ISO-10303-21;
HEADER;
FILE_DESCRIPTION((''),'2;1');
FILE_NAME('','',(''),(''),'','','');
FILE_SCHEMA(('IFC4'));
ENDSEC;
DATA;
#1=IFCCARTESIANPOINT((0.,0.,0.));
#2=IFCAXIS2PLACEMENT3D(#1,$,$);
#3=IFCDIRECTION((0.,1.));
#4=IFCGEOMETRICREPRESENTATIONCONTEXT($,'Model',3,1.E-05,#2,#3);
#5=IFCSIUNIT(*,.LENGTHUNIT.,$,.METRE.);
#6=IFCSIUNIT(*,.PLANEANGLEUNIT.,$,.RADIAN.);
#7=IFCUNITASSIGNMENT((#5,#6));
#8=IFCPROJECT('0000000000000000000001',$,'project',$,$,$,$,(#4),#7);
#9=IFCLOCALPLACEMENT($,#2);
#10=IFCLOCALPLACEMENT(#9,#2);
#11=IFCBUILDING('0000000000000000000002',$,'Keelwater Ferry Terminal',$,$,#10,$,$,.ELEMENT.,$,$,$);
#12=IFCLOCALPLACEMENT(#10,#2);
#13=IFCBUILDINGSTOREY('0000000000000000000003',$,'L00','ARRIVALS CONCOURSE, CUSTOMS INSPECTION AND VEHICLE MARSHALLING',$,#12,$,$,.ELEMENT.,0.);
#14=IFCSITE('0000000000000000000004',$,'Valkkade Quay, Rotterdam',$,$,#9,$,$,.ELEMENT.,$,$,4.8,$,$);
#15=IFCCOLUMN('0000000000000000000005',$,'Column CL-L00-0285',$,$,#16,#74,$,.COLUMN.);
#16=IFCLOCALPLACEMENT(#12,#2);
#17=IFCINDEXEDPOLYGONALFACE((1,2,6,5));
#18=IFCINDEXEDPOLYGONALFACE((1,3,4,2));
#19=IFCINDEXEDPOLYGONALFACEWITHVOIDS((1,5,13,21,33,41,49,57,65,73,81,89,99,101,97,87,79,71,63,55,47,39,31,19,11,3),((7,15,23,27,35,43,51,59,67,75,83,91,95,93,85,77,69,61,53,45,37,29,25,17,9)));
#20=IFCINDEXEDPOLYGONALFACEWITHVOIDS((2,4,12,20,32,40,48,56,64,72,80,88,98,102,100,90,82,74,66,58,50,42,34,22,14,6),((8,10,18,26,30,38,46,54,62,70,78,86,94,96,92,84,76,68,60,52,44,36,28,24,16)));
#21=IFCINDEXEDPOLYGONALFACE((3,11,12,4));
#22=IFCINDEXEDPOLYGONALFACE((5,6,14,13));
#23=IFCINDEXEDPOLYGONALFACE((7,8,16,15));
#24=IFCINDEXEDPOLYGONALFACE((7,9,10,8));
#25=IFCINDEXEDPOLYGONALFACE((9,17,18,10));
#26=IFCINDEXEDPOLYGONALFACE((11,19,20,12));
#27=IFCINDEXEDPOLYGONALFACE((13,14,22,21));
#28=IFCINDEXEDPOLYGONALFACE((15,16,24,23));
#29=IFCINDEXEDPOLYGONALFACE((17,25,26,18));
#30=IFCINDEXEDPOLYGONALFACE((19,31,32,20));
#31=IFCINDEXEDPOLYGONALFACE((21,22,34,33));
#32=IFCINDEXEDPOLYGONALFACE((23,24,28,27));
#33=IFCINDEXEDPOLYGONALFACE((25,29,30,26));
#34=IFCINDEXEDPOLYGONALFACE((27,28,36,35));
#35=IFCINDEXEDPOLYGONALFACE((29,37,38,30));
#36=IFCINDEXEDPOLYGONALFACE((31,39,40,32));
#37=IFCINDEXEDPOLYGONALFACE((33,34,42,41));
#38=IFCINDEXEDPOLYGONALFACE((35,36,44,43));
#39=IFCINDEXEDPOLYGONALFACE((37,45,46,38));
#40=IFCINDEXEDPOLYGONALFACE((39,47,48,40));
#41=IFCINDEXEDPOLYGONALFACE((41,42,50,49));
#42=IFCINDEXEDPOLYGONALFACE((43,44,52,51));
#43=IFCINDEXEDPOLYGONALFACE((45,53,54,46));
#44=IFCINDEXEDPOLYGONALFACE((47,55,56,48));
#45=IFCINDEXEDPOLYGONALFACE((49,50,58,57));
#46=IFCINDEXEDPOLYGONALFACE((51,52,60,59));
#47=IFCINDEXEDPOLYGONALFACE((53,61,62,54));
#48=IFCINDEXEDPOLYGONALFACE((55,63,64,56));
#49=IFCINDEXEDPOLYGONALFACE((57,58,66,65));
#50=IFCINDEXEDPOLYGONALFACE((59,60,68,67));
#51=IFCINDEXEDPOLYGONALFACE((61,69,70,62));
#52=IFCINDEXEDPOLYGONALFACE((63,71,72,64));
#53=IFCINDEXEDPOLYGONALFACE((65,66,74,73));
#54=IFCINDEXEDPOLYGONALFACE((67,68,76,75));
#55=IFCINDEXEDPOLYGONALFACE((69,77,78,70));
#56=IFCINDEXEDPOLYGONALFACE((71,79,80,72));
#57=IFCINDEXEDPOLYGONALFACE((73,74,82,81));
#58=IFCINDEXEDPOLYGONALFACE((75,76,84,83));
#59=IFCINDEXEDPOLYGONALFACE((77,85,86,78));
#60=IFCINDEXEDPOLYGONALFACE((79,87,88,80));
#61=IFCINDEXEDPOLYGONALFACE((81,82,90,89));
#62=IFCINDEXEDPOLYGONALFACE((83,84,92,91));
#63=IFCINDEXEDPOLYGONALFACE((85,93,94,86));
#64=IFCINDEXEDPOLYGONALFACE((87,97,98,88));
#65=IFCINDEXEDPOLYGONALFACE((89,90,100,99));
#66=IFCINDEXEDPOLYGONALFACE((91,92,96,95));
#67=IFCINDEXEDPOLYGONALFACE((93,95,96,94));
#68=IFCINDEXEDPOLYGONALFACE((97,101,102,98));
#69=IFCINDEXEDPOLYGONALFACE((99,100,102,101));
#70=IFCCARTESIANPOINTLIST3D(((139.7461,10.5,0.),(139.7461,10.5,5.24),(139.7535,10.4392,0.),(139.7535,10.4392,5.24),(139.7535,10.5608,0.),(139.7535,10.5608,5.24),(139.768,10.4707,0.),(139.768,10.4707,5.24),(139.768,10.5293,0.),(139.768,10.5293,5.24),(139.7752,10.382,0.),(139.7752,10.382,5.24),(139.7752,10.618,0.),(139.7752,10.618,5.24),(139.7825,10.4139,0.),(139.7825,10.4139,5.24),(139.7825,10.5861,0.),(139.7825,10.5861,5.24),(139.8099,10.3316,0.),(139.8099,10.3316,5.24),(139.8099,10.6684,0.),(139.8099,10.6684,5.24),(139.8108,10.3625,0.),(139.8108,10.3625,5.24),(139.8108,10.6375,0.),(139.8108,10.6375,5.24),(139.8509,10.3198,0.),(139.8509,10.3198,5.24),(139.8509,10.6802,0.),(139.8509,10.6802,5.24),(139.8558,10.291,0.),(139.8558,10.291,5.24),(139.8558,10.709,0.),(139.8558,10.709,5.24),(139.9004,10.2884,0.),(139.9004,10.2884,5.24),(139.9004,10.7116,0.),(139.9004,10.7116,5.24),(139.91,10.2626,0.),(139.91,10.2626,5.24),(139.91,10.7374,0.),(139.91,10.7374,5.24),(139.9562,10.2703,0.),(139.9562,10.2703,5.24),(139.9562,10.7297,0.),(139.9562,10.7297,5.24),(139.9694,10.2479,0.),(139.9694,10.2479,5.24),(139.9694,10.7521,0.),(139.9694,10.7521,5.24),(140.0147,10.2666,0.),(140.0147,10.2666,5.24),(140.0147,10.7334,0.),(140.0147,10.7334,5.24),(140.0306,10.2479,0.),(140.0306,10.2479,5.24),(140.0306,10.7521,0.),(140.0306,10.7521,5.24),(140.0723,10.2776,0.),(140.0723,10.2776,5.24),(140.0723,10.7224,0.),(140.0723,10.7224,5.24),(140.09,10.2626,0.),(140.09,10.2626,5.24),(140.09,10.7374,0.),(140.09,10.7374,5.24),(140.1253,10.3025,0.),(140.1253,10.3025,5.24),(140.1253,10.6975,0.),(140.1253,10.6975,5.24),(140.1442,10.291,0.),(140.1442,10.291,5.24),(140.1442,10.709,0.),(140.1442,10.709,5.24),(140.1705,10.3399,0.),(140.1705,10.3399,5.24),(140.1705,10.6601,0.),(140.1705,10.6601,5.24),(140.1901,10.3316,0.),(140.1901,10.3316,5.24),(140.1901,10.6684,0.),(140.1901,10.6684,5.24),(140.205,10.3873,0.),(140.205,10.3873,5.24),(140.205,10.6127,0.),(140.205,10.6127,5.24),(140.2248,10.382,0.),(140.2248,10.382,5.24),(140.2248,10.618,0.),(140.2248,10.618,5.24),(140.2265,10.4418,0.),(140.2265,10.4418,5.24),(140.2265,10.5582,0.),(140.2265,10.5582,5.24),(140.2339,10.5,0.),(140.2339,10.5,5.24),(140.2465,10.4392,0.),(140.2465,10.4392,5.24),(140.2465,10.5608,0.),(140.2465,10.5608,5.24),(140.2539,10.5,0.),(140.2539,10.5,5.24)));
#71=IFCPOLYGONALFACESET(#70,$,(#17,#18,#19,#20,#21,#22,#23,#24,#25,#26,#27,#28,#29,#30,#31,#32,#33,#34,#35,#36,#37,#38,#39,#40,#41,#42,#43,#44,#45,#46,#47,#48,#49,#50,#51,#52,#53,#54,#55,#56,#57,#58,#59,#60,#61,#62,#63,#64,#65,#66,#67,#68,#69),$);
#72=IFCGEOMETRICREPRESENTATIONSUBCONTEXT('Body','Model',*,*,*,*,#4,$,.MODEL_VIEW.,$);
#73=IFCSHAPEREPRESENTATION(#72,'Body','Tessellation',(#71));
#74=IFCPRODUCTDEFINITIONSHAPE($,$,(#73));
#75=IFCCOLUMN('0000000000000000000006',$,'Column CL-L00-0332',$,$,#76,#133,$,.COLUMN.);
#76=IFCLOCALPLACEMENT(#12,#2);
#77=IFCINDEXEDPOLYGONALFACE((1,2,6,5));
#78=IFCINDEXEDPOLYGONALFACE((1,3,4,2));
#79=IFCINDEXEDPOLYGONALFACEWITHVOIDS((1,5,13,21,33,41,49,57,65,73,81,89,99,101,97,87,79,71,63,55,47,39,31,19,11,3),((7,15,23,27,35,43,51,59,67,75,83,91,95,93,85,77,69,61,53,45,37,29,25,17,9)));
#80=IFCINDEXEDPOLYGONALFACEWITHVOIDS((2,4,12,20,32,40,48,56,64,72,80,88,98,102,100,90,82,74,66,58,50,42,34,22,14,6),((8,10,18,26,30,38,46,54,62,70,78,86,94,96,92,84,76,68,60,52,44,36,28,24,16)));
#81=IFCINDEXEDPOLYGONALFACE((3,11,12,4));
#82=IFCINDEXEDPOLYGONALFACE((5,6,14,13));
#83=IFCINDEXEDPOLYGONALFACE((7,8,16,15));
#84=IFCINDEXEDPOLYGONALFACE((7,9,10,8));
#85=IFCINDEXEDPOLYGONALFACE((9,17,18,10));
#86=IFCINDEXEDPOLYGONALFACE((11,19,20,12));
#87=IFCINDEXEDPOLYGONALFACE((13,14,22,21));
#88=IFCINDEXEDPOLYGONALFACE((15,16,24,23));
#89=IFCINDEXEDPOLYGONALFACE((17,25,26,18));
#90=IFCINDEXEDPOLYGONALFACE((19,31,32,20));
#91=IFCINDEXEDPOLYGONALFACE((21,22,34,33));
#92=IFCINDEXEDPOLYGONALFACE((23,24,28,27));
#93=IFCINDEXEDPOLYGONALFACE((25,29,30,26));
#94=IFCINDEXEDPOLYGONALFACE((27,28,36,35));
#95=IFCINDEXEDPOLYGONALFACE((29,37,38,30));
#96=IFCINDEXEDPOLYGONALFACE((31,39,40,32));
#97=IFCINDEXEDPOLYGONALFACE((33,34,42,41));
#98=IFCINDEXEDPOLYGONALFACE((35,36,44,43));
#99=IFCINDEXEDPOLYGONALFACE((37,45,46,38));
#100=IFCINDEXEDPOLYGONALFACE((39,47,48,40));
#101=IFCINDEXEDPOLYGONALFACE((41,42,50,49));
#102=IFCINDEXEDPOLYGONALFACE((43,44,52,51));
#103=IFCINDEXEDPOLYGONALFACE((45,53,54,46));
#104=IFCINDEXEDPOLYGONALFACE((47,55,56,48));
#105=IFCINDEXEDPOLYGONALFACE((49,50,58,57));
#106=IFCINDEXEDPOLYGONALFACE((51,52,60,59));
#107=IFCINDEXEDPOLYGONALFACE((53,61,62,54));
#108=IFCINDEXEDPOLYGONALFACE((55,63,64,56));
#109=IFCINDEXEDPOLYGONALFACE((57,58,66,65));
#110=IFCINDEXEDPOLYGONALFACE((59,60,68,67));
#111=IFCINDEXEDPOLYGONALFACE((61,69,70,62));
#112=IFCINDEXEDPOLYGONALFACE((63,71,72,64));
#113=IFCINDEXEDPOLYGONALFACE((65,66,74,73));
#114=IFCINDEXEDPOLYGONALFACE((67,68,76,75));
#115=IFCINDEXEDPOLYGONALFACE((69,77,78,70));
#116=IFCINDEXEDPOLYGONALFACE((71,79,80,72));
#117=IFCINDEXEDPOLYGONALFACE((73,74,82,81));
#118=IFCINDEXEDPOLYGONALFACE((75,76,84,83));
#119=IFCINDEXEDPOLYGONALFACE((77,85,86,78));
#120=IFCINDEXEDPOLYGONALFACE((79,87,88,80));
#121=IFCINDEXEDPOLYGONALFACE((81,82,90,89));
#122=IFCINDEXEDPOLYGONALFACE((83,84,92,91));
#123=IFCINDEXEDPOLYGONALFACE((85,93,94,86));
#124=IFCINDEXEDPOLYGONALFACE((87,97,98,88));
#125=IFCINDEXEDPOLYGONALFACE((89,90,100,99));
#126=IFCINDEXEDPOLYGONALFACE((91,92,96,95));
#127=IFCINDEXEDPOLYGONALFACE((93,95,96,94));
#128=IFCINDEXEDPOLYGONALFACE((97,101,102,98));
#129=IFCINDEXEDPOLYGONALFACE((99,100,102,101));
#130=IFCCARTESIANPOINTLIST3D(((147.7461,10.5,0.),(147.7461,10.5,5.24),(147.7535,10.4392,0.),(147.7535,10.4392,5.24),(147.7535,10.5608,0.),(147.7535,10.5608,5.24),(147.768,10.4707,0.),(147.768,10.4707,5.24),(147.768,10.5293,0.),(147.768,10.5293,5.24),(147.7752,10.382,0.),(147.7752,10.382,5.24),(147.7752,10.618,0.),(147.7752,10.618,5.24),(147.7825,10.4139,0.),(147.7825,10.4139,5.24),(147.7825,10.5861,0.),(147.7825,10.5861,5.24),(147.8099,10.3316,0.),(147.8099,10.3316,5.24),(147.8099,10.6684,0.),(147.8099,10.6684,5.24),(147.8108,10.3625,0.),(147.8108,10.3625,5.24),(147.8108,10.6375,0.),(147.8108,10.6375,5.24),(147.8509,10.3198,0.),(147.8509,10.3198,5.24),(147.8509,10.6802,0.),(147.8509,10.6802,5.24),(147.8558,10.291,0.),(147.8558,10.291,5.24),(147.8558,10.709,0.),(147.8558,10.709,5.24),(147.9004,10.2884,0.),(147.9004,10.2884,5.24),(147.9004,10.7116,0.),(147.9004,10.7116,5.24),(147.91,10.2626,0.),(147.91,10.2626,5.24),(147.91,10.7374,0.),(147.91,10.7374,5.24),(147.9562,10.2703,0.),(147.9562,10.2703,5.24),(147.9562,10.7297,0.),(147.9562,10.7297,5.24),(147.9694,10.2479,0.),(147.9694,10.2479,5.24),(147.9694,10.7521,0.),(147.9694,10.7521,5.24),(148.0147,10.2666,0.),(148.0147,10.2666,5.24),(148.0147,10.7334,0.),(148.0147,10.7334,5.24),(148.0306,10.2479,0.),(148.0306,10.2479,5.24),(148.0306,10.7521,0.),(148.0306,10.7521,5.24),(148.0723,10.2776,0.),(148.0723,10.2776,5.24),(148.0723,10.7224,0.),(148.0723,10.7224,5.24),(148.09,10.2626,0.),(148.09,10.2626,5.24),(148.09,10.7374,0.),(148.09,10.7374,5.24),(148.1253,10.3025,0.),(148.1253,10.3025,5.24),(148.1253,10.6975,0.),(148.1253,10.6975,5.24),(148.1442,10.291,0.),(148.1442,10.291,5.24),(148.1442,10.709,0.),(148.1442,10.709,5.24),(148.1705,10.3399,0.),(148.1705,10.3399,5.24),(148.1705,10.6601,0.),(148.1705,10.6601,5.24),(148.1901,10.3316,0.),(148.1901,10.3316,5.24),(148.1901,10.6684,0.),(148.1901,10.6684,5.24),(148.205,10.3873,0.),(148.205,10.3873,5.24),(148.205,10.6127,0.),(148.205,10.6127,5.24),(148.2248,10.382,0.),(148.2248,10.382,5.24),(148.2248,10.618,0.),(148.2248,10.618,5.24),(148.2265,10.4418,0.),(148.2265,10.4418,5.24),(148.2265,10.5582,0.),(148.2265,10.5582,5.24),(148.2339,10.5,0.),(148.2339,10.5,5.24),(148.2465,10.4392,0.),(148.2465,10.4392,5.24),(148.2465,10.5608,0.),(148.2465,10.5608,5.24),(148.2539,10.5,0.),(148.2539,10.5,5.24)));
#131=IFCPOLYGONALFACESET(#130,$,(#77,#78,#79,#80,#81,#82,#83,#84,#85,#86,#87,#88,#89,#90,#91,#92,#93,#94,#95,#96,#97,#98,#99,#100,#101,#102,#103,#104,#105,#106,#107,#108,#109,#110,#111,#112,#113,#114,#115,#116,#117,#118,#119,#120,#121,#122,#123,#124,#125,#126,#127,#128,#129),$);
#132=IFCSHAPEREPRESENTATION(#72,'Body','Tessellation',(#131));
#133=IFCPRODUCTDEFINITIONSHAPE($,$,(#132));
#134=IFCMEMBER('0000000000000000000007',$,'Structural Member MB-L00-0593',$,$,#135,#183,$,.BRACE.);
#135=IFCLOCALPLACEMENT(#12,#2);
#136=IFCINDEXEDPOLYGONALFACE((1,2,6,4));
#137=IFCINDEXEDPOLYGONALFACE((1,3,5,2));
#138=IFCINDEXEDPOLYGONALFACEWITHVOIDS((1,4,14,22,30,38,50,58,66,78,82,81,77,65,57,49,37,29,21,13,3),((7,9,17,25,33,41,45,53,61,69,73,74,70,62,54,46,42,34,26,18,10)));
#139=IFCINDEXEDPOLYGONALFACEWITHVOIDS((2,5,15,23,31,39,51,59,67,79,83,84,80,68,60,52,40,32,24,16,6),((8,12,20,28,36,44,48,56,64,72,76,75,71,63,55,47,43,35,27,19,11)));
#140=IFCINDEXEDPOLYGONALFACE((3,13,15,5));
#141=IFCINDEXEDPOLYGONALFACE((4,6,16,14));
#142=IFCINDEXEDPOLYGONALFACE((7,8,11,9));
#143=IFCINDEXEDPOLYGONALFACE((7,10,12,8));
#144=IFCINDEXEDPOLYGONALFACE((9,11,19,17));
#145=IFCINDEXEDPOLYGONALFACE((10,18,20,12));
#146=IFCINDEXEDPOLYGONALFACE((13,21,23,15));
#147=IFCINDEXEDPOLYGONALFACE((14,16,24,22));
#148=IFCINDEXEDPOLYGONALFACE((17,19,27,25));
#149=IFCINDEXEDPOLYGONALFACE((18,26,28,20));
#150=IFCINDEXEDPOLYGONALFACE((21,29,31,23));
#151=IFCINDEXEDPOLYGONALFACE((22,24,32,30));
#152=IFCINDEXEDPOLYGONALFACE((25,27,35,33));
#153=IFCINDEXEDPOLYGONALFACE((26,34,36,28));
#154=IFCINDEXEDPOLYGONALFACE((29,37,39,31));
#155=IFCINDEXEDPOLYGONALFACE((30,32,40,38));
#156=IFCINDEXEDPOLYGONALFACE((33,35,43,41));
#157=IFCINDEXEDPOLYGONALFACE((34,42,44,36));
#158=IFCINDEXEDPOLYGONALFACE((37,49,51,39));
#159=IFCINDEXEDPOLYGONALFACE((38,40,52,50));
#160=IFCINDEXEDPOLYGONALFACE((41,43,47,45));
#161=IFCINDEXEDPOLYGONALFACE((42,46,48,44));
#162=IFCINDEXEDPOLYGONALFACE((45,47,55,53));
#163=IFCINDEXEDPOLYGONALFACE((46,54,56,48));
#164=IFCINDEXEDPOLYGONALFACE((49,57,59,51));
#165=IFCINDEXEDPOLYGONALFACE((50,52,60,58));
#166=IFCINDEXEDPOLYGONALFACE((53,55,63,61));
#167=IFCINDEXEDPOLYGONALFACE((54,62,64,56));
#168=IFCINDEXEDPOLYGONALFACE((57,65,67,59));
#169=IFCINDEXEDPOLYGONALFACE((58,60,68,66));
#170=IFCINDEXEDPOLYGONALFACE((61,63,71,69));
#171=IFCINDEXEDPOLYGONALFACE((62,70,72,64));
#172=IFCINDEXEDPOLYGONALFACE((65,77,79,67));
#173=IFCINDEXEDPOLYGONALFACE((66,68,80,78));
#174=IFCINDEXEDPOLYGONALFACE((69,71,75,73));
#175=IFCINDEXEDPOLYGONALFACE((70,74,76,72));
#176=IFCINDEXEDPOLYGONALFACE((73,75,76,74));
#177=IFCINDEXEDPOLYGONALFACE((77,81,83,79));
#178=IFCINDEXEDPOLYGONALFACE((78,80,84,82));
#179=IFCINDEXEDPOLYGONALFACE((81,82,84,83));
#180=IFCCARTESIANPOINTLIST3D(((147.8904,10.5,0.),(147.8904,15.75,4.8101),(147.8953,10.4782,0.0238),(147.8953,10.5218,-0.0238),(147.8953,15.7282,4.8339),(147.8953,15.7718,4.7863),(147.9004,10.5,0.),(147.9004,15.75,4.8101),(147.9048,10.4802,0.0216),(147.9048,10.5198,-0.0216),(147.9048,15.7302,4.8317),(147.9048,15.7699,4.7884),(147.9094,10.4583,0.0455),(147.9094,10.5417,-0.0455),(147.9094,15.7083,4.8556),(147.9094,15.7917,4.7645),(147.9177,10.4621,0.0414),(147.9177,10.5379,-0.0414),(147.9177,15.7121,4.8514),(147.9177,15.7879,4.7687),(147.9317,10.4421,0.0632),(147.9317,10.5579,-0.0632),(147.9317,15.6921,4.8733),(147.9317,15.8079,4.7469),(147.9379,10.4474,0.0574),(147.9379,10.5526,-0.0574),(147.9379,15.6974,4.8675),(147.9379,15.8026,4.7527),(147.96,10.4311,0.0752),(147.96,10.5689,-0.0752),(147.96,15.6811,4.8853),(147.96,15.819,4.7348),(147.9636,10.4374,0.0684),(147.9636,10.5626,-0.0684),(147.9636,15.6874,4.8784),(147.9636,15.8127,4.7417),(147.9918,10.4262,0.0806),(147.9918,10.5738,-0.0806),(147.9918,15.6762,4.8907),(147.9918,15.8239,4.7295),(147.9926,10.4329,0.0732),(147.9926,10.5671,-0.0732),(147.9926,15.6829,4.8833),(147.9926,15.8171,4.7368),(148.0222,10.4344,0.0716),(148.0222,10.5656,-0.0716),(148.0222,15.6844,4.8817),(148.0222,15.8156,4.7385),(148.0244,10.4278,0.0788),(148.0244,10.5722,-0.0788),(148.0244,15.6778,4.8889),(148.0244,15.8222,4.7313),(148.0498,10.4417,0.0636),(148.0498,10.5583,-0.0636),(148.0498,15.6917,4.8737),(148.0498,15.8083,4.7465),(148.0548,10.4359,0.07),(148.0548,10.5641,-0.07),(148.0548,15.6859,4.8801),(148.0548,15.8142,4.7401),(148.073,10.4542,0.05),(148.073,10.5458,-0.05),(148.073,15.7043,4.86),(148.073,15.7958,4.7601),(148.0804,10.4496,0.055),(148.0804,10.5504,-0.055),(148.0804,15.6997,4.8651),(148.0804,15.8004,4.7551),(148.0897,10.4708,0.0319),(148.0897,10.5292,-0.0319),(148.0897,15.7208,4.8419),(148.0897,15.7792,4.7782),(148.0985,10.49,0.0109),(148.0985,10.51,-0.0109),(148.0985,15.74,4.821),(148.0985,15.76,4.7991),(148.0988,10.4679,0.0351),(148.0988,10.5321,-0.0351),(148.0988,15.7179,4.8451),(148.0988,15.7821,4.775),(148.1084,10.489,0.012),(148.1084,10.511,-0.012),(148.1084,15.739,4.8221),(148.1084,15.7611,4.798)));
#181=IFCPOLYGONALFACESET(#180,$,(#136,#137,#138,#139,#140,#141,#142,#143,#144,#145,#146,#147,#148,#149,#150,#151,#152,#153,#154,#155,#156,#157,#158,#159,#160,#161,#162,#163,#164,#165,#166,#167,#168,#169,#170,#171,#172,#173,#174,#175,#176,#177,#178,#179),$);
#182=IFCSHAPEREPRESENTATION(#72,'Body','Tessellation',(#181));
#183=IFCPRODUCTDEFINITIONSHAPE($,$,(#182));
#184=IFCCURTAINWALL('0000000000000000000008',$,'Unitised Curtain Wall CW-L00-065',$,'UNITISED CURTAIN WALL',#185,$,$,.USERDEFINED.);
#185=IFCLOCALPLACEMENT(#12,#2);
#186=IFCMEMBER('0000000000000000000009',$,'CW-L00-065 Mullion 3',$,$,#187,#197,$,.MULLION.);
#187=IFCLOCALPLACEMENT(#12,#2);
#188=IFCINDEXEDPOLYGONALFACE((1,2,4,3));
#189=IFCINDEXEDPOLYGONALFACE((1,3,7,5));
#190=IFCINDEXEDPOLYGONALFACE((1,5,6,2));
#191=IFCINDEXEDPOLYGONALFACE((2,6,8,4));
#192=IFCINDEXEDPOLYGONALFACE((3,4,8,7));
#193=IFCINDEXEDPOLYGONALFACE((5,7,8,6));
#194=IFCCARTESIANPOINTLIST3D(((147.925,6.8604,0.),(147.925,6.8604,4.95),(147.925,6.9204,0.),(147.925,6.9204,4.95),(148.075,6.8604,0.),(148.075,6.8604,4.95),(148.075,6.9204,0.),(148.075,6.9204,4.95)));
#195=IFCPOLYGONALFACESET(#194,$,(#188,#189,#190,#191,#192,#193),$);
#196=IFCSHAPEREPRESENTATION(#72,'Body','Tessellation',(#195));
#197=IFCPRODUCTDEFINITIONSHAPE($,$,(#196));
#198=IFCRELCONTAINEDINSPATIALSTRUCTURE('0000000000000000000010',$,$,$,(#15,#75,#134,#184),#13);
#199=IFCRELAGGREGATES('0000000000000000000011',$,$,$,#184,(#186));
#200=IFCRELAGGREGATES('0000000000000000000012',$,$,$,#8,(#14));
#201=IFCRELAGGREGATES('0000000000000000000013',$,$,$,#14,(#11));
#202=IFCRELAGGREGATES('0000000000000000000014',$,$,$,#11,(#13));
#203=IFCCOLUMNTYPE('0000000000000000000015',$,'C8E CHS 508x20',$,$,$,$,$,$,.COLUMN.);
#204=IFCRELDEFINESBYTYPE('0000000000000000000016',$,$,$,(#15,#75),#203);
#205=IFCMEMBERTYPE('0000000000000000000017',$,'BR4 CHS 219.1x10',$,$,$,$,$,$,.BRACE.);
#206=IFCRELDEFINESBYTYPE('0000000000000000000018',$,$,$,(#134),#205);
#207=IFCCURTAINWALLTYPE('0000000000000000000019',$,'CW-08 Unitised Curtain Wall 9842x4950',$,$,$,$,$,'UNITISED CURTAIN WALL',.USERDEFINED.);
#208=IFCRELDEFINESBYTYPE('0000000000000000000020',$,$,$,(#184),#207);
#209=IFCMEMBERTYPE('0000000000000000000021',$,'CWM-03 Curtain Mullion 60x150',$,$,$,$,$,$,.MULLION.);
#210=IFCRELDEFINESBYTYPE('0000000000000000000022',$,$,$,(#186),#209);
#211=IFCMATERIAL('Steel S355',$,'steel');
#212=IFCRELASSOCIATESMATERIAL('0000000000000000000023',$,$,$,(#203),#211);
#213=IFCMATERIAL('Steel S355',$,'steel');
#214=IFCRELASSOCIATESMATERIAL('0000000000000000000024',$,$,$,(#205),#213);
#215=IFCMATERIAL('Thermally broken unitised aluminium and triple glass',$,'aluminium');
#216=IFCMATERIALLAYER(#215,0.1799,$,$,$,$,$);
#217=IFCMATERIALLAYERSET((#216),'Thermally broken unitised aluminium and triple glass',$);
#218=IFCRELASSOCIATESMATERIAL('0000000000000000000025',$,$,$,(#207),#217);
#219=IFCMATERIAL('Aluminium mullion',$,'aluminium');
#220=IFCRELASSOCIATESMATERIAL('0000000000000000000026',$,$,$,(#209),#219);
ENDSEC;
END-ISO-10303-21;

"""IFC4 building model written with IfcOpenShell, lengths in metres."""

from ifc_helpers import new_model, si_unit, direction, frame, origin, origin_2d, place, context, subcontext, project, spatial, rectangle, hollow_circle, extrude, material, layer, layer_set, material_profile, profile_set, type_object, element, aggregate, save


model = new_model("IFC4")

# Units and contexts
model_context = context("Model", 3, precision=1e-05, world=origin(), true_north=direction((0.0, 1.0)))
body_context = subcontext(model_context, "Body", "Model", "MODEL_VIEW")
ifc_project = project(units=[si_unit("LENGTHUNIT", "METRE"), si_unit("PLANEANGLEUNIT", "RADIAN")], contexts=[model_context])

# Site, building, storey
site_placement = place(None, origin())
site = spatial("IfcSite", under=ifc_project, at=site_placement, Name="Valkkade Quay, Rotterdam", CompositionType="ELEMENT", RefElevation=4.8)
building_placement = place(site_placement, origin())
building = spatial("IfcBuilding", under=site, at=building_placement, Name="Keelwater Ferry Terminal", CompositionType="ELEMENT")
storey_placement = place(building_placement, origin())
storey = spatial("IfcBuildingStorey", under=building, at=storey_placement, Name="L00", Description="ARRIVALS CONCOURSE, CUSTOMS INSPECTION AND VEHICLE MARSHALLING", CompositionType="ELEMENT", Elevation=0.0)

# Columns
ifc_material_1 = material(Name="Steel S355", Category="steel")
ifc_material_profile_1 = material_profile(ifc_material_1, hollow_circle(Radius=0.2539, WallThickness=0.02, at=origin_2d()), Name="CHS 508x20")
ifc_profile_set_1 = profile_set([ifc_material_profile_1], Name="Steel S355")
column_type = type_object("IfcColumnType", Name="C8E CHS 508x20", PredefinedType="COLUMN", material=ifc_profile_set_1)
for number, where, z_axis, x_axis, name in (
    (1, (140.0, 10.5, 0.0), (0.0, 0.0, 1.0), (1.0, 0.0, 0.0), "Column CL-L00-0285"),
    (2, (148.0, 10.5, 0.0), (0.0, 0.0, 1.0), (1.0, 0.0, 0.0), "Column CL-L00-0332"),
):
    element("IfcColumn", number, at=place(storey_placement, frame(where, z_axis=z_axis, x_axis=x_axis)), inside=storey, type_object=column_type, Name=name, PredefinedType="COLUMN", context=body_context, shape_type="SweptSolid", body=[
        extrude(hollow_circle(Radius=0.2539, WallThickness=0.02, at=origin_2d()), origin(), (0.0, 0.0, 1.0), 5.24),
    ])

# Member
ifc_material_2 = material(Name="Steel S355", Category="steel")
ifc_material_profile_2 = material_profile(ifc_material_2, hollow_circle(Radius=0.1096, WallThickness=0.01, at=origin_2d()), Name="CHS 219.1x10")
ifc_profile_set_2 = profile_set([ifc_material_profile_2], Name="Steel S355")
member_type_1 = type_object("IfcMemberType", Name="BR4 CHS 219.1x10", PredefinedType="BRACE", material=ifc_profile_set_2)
member_1_placement = place(storey_placement, frame((148.0, 10.5, 0.0), z_axis=(0.0, 0.737325, 0.675538), x_axis=(-1.0, 0.0, 0.0)))
element("IfcMember", 3, at=member_1_placement, inside=storey, type_object=member_type_1, Name="Structural Member MB-L00-0593", PredefinedType="BRACE", context=body_context, shape_type="SweptSolid", body=[
    extrude(hollow_circle(Radius=0.1096, WallThickness=0.01, at=origin_2d()), origin(), (0.0, 0.0, 1.0), 7.1204),
])

# Curtain wall, member
ifc_material_3 = material(Name="Thermally broken unitised aluminium and triple glass", Category="aluminium")
ifc_layer_1 = layer(ifc_material_3, 0.1799)
ifc_layer_set_1 = layer_set([ifc_layer_1], Name="Thermally broken unitised aluminium and triple glass")
curtain_wall_type = type_object("IfcCurtainWallType", Name="CW-08 Unitised Curtain Wall 9842x4950", ElementType="UNITISED CURTAIN WALL", PredefinedType="USERDEFINED", material=ifc_layer_set_1)
curtain_wall_placement = place(storey_placement, origin())
curtain_wall = element("IfcCurtainWall", 4, at=curtain_wall_placement, inside=storey, type_object=curtain_wall_type, Name="Unitised Curtain Wall CW-L00-065", ObjectType="UNITISED CURTAIN WALL", PredefinedType="USERDEFINED")
ifc_material_4 = material(Name="Aluminium mullion", Category="aluminium")
ifc_material_profile_3 = material_profile(ifc_material_4, rectangle(XDim=0.0601, YDim=0.1499, at=origin_2d()), Name="CWM-03")
ifc_profile_set_3 = profile_set([ifc_material_profile_3], Name="Aluminium mullion")
member_type_2 = type_object("IfcMemberType", Name="CWM-03 Curtain Mullion 60x150", PredefinedType="MULLION", material=ifc_profile_set_3)
member_2_placement = place(storey_placement, frame((148.0, 6.8904, 0.0), z_axis=(0.0, 0.0, 1.0), x_axis=(0.0, 1.0, 0.0)))
member_2 = element("IfcMember", 5, at=member_2_placement, type_object=member_type_2, Name="CW-L00-065 Mullion 3", PredefinedType="MULLION", context=body_context, shape_type="SweptSolid", body=[
    extrude(rectangle(XDim=0.0601, YDim=0.1499, at=origin_2d()), origin(), (0.0, 0.0, 1.0), 4.95),
])

aggregate(curtain_wall, [member_2])

save(model, "model.ifc")
